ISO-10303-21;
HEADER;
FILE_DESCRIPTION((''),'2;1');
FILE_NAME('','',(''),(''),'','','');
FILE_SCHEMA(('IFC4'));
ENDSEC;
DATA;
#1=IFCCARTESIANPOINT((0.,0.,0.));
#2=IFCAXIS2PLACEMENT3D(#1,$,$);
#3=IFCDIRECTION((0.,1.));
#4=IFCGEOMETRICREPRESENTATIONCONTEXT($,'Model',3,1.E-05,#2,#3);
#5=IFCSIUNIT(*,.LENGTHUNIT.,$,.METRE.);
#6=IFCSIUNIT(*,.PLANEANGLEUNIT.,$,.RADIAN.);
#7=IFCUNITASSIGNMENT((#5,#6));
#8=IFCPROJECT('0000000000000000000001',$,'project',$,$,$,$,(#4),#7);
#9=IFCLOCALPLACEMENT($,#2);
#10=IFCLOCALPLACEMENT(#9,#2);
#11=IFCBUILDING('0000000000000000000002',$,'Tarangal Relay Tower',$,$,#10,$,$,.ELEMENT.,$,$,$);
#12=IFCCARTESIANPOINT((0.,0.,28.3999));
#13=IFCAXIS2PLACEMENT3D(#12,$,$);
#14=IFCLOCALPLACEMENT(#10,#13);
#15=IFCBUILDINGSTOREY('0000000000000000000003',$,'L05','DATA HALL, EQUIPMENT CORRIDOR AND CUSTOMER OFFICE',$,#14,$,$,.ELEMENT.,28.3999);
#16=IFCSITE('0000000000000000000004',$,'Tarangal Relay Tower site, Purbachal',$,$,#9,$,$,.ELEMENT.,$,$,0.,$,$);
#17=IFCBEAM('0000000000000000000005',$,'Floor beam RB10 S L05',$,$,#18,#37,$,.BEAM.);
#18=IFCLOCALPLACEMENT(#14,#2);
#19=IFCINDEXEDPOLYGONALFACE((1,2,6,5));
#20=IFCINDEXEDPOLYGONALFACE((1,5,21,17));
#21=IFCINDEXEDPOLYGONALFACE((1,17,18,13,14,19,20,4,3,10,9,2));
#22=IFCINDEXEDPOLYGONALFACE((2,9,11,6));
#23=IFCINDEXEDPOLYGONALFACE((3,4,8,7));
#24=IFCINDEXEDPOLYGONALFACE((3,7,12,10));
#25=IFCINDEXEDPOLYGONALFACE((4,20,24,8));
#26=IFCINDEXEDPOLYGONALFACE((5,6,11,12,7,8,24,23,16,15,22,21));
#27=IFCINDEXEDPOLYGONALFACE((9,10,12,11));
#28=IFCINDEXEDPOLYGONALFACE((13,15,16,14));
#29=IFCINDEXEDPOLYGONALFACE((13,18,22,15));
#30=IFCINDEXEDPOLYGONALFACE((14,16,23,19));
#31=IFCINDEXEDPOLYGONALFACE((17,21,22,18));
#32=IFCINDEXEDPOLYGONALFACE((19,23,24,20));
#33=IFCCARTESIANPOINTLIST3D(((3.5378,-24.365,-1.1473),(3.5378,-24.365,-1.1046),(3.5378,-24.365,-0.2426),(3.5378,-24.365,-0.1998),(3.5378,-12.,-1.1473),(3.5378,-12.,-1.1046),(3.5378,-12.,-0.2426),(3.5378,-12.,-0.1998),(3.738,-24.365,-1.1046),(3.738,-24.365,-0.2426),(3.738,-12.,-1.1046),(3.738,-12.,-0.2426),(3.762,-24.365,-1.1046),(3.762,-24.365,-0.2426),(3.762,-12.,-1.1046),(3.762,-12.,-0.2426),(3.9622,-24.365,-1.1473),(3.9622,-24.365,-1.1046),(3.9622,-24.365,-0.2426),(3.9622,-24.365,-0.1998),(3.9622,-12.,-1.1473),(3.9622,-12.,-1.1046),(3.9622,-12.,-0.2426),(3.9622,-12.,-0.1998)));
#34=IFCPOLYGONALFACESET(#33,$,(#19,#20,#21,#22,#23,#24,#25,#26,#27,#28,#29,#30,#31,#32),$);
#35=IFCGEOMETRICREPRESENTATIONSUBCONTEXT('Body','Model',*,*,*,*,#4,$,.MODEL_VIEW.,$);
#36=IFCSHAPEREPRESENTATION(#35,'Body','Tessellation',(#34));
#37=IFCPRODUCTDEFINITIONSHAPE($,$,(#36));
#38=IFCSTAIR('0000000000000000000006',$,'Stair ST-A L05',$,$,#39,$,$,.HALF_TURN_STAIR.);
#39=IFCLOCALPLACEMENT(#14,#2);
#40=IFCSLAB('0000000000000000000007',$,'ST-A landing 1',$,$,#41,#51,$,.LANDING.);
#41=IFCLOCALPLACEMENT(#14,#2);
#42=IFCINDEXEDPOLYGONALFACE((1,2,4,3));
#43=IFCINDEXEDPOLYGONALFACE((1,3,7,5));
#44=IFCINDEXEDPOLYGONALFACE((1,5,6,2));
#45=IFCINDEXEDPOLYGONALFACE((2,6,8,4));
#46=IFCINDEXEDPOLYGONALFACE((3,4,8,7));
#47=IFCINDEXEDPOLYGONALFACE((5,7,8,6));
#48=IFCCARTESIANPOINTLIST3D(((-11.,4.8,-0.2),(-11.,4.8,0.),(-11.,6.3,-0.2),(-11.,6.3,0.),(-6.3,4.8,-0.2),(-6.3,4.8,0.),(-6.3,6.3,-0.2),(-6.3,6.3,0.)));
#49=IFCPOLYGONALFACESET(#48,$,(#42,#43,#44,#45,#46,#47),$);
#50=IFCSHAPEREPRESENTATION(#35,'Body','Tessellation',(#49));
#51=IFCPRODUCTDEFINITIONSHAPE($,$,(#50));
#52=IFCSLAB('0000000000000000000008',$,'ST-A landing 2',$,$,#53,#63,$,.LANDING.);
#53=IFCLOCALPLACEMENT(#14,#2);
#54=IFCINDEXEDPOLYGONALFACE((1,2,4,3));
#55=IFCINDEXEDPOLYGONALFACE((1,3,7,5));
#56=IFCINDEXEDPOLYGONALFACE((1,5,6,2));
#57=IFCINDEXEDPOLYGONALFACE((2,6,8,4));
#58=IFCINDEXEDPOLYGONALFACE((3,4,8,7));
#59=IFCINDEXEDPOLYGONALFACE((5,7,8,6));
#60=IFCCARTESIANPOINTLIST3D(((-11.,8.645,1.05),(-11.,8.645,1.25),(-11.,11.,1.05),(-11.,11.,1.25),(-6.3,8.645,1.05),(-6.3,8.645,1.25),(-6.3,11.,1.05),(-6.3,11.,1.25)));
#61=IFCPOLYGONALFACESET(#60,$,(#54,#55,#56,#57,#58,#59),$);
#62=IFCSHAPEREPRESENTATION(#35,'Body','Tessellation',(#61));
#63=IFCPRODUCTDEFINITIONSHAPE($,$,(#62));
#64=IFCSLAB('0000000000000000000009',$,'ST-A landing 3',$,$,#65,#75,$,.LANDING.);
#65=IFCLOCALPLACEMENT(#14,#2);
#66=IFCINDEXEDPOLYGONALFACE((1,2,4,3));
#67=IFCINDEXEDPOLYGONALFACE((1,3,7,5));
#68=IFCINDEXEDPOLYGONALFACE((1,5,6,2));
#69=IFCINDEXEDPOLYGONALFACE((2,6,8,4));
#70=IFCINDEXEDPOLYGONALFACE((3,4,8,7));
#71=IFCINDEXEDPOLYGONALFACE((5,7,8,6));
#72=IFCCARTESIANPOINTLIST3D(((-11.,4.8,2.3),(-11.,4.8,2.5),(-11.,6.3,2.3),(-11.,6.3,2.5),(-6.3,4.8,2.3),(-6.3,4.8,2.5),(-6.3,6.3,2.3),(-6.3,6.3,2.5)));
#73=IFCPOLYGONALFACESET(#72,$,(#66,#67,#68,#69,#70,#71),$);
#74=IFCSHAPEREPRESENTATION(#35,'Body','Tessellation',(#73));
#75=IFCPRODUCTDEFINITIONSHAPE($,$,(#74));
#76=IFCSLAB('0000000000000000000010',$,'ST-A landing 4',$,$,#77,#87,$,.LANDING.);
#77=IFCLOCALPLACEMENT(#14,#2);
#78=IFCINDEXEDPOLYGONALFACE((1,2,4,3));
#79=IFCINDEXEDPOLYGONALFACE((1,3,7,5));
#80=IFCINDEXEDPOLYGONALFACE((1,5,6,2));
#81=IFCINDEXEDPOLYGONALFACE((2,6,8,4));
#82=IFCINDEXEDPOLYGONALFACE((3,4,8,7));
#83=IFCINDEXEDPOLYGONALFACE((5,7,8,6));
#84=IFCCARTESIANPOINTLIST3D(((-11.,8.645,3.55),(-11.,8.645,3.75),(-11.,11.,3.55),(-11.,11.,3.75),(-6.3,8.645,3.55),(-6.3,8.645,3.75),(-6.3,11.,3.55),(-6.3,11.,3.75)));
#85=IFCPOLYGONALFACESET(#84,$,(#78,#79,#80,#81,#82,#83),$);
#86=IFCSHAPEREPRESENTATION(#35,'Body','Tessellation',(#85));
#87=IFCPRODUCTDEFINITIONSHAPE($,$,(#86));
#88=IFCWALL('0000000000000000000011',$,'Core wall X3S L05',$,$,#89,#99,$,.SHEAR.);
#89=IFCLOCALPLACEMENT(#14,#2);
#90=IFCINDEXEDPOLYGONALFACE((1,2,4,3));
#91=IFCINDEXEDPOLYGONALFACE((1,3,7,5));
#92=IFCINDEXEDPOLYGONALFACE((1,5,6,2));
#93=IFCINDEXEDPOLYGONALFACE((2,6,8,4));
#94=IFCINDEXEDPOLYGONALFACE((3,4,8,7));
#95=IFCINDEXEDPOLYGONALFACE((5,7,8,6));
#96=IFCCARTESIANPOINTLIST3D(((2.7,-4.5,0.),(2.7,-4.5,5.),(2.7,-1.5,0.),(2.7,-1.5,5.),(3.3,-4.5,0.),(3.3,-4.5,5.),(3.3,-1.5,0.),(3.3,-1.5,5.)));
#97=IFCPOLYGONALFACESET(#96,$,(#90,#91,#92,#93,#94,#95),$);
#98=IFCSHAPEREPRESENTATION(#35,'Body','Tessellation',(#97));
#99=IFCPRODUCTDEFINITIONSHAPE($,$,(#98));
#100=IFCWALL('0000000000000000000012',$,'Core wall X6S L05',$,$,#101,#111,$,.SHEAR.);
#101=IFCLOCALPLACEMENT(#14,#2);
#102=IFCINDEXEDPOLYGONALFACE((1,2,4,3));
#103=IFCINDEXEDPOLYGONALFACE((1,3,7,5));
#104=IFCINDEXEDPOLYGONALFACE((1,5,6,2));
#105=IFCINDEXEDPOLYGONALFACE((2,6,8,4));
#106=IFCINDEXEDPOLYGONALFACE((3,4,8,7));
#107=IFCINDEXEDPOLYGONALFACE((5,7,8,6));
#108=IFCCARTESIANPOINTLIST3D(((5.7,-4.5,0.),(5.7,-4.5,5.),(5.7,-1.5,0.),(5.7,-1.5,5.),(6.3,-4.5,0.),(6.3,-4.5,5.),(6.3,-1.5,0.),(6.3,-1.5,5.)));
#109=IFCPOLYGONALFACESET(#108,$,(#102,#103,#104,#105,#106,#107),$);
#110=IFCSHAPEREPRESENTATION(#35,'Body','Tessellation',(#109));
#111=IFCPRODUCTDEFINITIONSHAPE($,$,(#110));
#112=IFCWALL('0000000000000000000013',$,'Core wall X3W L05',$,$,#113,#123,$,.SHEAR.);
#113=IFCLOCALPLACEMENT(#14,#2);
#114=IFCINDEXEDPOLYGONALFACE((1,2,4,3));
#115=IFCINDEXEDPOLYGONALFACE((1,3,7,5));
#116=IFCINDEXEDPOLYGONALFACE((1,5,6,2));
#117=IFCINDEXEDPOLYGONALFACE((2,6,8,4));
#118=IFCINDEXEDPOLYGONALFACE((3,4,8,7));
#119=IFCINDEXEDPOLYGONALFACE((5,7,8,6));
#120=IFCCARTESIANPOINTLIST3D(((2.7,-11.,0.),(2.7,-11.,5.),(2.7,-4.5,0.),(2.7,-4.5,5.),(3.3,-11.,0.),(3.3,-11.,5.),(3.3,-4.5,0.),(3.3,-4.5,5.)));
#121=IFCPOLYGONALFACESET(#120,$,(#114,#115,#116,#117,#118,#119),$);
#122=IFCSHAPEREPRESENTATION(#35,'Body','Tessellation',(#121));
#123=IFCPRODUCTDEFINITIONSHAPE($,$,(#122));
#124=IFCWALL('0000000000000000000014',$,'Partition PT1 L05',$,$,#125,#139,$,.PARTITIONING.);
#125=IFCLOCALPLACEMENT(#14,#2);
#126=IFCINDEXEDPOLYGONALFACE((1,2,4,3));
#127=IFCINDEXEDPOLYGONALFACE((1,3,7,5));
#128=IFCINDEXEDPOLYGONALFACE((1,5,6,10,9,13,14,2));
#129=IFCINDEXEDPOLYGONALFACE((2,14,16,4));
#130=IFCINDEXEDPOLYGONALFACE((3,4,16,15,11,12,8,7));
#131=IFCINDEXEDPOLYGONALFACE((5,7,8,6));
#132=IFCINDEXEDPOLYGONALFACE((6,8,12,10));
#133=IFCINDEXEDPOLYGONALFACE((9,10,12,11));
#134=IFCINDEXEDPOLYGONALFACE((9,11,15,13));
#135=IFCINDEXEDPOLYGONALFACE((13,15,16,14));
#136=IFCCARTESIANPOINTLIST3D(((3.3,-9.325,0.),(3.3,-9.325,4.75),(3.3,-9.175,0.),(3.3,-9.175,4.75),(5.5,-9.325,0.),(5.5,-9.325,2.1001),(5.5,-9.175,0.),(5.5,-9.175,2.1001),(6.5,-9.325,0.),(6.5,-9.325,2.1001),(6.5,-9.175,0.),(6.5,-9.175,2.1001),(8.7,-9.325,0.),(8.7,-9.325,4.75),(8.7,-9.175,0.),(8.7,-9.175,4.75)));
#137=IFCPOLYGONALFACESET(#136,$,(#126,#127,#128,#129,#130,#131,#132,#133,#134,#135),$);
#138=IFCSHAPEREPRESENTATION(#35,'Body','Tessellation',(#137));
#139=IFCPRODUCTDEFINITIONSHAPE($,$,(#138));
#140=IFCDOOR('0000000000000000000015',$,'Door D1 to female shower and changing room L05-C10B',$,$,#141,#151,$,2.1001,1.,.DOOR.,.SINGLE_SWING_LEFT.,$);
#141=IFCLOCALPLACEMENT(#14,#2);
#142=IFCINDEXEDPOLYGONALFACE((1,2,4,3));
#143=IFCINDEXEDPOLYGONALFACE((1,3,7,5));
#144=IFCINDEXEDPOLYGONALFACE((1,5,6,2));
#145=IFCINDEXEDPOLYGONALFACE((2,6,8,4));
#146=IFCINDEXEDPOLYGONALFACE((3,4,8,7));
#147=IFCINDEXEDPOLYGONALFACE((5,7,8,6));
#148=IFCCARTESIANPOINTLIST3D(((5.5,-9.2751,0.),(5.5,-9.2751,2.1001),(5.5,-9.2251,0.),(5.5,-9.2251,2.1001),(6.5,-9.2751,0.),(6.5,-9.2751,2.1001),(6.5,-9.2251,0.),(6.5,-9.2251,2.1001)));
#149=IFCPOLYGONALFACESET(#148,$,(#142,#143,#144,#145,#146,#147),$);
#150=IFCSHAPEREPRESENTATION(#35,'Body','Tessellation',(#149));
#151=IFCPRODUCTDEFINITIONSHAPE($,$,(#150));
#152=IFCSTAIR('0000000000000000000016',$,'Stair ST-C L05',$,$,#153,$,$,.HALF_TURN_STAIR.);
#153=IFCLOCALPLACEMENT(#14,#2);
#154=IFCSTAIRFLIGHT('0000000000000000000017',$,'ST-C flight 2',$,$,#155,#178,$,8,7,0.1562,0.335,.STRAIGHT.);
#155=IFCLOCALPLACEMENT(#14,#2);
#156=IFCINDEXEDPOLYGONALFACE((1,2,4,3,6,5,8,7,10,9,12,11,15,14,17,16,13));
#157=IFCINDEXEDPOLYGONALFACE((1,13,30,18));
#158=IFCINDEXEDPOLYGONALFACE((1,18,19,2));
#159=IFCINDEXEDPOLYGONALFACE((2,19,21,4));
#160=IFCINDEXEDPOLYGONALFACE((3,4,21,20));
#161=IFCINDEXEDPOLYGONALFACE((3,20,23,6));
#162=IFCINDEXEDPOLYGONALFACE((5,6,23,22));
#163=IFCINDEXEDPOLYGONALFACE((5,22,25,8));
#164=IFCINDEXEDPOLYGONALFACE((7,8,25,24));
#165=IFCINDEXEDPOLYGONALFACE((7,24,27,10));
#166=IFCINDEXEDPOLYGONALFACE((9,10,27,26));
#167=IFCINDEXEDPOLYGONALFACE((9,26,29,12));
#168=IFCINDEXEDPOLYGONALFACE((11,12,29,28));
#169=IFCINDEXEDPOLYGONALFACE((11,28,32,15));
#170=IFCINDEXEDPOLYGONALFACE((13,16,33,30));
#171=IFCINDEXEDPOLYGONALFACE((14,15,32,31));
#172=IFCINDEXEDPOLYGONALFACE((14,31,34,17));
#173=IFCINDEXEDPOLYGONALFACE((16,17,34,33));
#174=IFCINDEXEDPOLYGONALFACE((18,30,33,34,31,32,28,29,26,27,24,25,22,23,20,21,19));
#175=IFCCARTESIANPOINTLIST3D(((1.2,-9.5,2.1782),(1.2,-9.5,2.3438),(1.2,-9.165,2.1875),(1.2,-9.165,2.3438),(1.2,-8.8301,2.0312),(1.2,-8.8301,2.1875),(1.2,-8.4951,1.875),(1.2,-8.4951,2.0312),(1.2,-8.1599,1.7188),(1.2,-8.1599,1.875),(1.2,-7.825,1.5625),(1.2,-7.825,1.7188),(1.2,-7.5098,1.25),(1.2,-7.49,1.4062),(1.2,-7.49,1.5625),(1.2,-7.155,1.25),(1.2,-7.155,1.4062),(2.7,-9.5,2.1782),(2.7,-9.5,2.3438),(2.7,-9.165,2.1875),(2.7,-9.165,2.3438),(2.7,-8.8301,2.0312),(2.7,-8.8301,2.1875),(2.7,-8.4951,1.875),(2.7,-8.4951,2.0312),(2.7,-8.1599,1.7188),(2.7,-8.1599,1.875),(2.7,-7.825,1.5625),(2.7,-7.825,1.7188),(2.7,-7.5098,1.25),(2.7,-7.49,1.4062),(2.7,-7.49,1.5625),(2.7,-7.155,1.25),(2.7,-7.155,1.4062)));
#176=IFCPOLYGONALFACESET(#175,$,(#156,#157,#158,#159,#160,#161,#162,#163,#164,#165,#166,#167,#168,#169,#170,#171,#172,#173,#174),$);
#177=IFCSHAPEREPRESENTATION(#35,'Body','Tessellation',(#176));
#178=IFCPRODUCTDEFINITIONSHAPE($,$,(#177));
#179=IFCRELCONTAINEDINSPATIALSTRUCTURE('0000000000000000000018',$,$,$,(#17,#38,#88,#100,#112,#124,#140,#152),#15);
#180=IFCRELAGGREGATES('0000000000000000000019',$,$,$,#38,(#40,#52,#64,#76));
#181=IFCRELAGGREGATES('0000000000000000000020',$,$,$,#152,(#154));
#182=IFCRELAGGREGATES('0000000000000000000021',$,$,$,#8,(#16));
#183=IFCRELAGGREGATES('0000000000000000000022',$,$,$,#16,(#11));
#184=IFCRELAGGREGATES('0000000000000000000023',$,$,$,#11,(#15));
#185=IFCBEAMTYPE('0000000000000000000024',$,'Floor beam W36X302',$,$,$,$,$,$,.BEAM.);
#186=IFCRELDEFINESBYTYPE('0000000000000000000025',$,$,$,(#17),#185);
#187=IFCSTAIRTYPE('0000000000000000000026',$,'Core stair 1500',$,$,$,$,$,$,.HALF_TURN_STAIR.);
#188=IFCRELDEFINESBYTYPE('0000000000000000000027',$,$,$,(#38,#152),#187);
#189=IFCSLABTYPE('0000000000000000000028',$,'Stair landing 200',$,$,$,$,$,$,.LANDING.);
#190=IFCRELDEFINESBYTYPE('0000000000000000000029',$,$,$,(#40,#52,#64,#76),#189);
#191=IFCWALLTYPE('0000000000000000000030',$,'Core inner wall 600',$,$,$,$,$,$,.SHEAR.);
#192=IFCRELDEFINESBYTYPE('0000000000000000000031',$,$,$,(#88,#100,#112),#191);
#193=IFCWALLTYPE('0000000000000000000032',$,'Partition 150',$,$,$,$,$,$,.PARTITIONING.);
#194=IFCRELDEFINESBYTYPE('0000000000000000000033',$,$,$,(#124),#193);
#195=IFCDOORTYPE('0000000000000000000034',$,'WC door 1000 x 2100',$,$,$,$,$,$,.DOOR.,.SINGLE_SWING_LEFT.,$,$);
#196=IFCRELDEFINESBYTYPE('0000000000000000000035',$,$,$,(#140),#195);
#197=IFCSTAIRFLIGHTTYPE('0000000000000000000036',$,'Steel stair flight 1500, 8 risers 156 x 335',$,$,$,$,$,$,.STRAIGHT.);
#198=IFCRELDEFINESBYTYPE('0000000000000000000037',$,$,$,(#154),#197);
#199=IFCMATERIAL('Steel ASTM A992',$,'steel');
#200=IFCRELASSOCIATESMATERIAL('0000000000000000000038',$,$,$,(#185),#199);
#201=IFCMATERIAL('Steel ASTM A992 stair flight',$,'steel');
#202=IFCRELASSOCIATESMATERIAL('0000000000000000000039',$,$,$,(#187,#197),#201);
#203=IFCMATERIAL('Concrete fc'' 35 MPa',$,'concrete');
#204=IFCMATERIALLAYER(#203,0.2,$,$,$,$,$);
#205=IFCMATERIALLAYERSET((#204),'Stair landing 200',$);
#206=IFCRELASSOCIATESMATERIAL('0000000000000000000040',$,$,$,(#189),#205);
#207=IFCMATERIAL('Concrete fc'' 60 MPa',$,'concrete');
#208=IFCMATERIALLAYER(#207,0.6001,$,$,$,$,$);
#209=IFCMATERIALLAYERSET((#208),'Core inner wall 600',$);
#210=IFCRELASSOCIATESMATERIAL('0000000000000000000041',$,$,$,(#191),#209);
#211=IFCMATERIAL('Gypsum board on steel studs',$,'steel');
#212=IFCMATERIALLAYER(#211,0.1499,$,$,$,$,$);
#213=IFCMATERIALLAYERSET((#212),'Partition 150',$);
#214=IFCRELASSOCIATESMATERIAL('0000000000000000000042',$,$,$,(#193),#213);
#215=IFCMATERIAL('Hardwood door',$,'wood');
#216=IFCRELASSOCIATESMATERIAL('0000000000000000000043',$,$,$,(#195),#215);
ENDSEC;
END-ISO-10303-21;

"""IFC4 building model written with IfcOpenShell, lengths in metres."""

from ifc_helpers import new_model, si_unit, direction, frame, frame_2d, origin, origin_2d, place, context, subcontext, project, spatial, polyline, rectangle, i_section, outline, extrude, material, layer, layer_set, material_profile, profile_set, type_object, element, fill, aggregate, save


model = new_model("IFC4")

# Units and contexts
model_context = context("Model", 3, precision=1e-05, world=origin(), true_north=direction((0.0, 1.0)))
body_context = subcontext(model_context, "Body", "Model", "MODEL_VIEW")
ifc_project = project(units=[si_unit("LENGTHUNIT", "METRE"), si_unit("PLANEANGLEUNIT", "RADIAN")], contexts=[model_context])

# Site, building, storey
site_placement = place(None, origin())
site = spatial("IfcSite", under=ifc_project, at=site_placement, Name="Tarangal Relay Tower site, Purbachal", CompositionType="ELEMENT", RefElevation=0.0)
building_placement = place(site_placement, origin())
building = spatial("IfcBuilding", under=site, at=building_placement, Name="Tarangal Relay Tower", CompositionType="ELEMENT")
storey_placement = place(building_placement, frame((0.0, 0.0, 28.3999)))
storey = spatial("IfcBuildingStorey", under=building, at=storey_placement, Name="L05", Description="DATA HALL, EQUIPMENT CORRIDOR AND CUSTOMER OFFICE", CompositionType="ELEMENT", Elevation=28.3999)

# Beam
ifc_material_1 = material(Name="Steel ASTM A992", Category="steel")
ifc_material_profile = material_profile(ifc_material_1, i_section(OverallWidth=0.4243, OverallDepth=0.9475, WebThickness=0.0239, FlangeThickness=0.0427, at=origin_2d()), Name="W36X302")
ifc_profile_set = profile_set([ifc_material_profile], Name="Steel ASTM A992")
beam_type = type_object("IfcBeamType", Name="Floor beam W36X302", PredefinedType="BEAM", material=ifc_profile_set)
beam_placement = place(storey_placement, frame((3.75, -12.0, -0.6736), z_axis=(0.0, -1.0, 0.0), x_axis=(1.0, 0.0, 0.0)))
element("IfcBeam", 1, at=beam_placement, inside=storey, type_object=beam_type, Name="Floor beam RB10 S L05", PredefinedType="BEAM", context=body_context, shape_type="SweptSolid", body=[
    extrude(i_section(OverallWidth=0.4243, OverallDepth=0.9475, WebThickness=0.0239, FlangeThickness=0.0427, at=origin_2d()), origin(), (0.0, 0.0, 1.0), 12.365),
])

# Stair, slabs
ifc_material_2 = material(Name="Steel ASTM A992 stair flight", Category="steel")
stair_type = type_object("IfcStairType", Name="Core stair 1500", PredefinedType="HALF_TURN_STAIR", material=ifc_material_2)
stair_1_placement = place(storey_placement, origin())
stair_1 = element("IfcStair", 2, at=stair_1_placement, inside=storey, type_object=stair_type, Name="Stair ST-A L05", PredefinedType="HALF_TURN_STAIR")
ifc_material_3 = material(Name="Concrete fc' 35 MPa", Category="concrete")
ifc_layer_1 = layer(ifc_material_3, 0.2)
ifc_layer_set_1 = layer_set([ifc_layer_1], Name="Stair landing 200")
slab_type = type_object("IfcSlabType", Name="Stair landing 200", PredefinedType="LANDING", material=ifc_layer_set_1)
slab_1_placement = place(storey_placement, frame((0.0, 0.0, -0.2)))
slab_1 = element("IfcSlab", 3, at=slab_1_placement, type_object=slab_type, Name="ST-A landing 1", PredefinedType="LANDING", context=body_context, shape_type="SweptSolid", body=[
    extrude(outline(polyline([(-11.0, 4.8), (-6.3, 4.8), (-6.3, 6.3), (-11.0, 6.3), (-11.0, 4.8)])), origin(), (0.0, 0.0, 1.0), 0.2),
])
slab_2_placement = place(storey_placement, frame((0.0, 0.0, 1.05)))
slab_2 = element("IfcSlab", 4, at=slab_2_placement, type_object=slab_type, Name="ST-A landing 2", PredefinedType="LANDING", context=body_context, shape_type="SweptSolid", body=[
    extrude(outline(polyline([(-11.0, 8.645), (-6.3, 8.645), (-6.3, 11.0), (-11.0, 11.0), (-11.0, 8.645)])), origin(), (0.0, 0.0, 1.0), 0.2),
])
slab_3_placement = place(storey_placement, frame((0.0, 0.0, 2.3)))
slab_3 = element("IfcSlab", 5, at=slab_3_placement, type_object=slab_type, Name="ST-A landing 3", PredefinedType="LANDING", context=body_context, shape_type="SweptSolid", body=[
    extrude(outline(polyline([(-11.0, 4.8), (-6.3, 4.8), (-6.3, 6.3), (-11.0, 6.3), (-11.0, 4.8)])), origin(), (0.0, 0.0, 1.0), 0.2),
])
slab_4_placement = place(storey_placement, frame((0.0, 0.0, 3.55)))
slab_4 = element("IfcSlab", 6, at=slab_4_placement, type_object=slab_type, Name="ST-A landing 4", PredefinedType="LANDING", context=body_context, shape_type="SweptSolid", body=[
    extrude(outline(polyline([(-11.0, 8.645), (-6.3, 8.645), (-6.3, 11.0), (-11.0, 11.0), (-11.0, 8.645)])), origin(), (0.0, 0.0, 1.0), 0.2),
])
aggregate(stair_1, [slab_1, slab_2, slab_3, slab_4])

# Walls
ifc_material_4 = material(Name="Concrete fc' 60 MPa", Category="concrete")
ifc_layer_2 = layer(ifc_material_4, 0.6001)
ifc_layer_set_2 = layer_set([ifc_layer_2], Name="Core inner wall 600")
wall_type_1 = type_object("IfcWallType", Name="Core inner wall 600", PredefinedType="SHEAR", material=ifc_layer_set_2)
for number, where, z_axis, x_axis, name in (
    (7, (3.0, -4.5, 0.0), (0.0, 0.0, 1.0), (0.0, 1.0, 0.0), "Core wall X3S L05"),
    (8, (6.0, -4.5, 0.0), (0.0, 0.0, 1.0), (0.0, 1.0, 0.0), "Core wall X6S L05"),
):
    element("IfcWall", number, at=place(storey_placement, frame(where, z_axis=z_axis, x_axis=x_axis)), inside=storey, type_object=wall_type_1, Name=name, PredefinedType="SHEAR", context=body_context, shape_type="SweptSolid", body=[
        extrude(rectangle(XDim=3.0, YDim=0.6001, at=frame_2d((1.5, 0.0))), origin(), (0.0, 0.0, 1.0), 5.0),
    ])
wall_1_placement = place(storey_placement, frame((3.0, -11.0, 0.0), z_axis=(0.0, 0.0, 1.0), x_axis=(0.0, 1.0, 0.0)))
element("IfcWall", 9, at=wall_1_placement, inside=storey, type_object=wall_type_1, Name="Core wall X3W L05", PredefinedType="SHEAR", context=body_context, shape_type="SweptSolid", body=[
    extrude(rectangle(XDim=6.5, YDim=0.6001, at=frame_2d((3.25, 0.0))), origin(), (0.0, 0.0, 1.0), 5.0),
])

# Wall, opening, door
ifc_material_5 = material(Name="Gypsum board on steel studs", Category="steel")
ifc_layer_3 = layer(ifc_material_5, 0.1499)
ifc_layer_set_3 = layer_set([ifc_layer_3], Name="Partition 150")
wall_type_2 = type_object("IfcWallType", Name="Partition 150", PredefinedType="PARTITIONING", material=ifc_layer_set_3)
wall_2_placement = place(storey_placement, frame((3.3, -9.25, 0.0), z_axis=(0.0, 0.0, 1.0), x_axis=(1.0, 0.0, 0.0)))
wall_2 = element("IfcWall", 10, at=wall_2_placement, inside=storey, type_object=wall_type_2, Name="Partition PT1 L05", PredefinedType="PARTITIONING", context=body_context, shape_type="SweptSolid", body=[
    extrude(rectangle(XDim=5.3999, YDim=0.1499, at=frame_2d((2.7, 0.0))), origin(), (0.0, 0.0, 1.0), 4.75),
])
opening_placement = place(wall_2_placement, frame((2.2, 0.0, 0.0)))
opening = element("IfcOpeningElement", 11, at=opening_placement, cuts=wall_2, PredefinedType="OPENING", context=body_context, shape_type="SweptSolid", body=[
    extrude(rectangle(XDim=1.0, YDim=2.1001, at=frame_2d((0.5, 1.05))), frame((0.0, 0.085, 0.0), z_axis=(0.0, -1.0, 0.0), x_axis=(1.0, 0.0, 0.0)), (0.0, 0.0, 1.0), 0.1699),
])
ifc_material_6 = material(Name="Hardwood door", Category="wood")
door_type = type_object("IfcDoorType", Name="WC door 1000 x 2100", OperationType="SINGLE_SWING_LEFT", PredefinedType="DOOR", material=ifc_material_6)
door_placement = place(opening_placement, origin())
door = element("IfcDoor", 12, at=door_placement, inside=storey, type_object=door_type, Name="Door D1 to female shower and changing room L05-C10B", OperationType="SINGLE_SWING_LEFT", OverallHeight=2.1001, OverallWidth=1.0, PredefinedType="DOOR", context=body_context, shape_type="SweptSolid", body=[
    extrude(rectangle(XDim=1.0, YDim=2.1001, at=frame_2d((0.5, 1.05))), frame((0.0, 0.0249, 0.0), z_axis=(0.0, -1.0, 0.0), x_axis=(1.0, 0.0, 0.0)), (0.0, 0.0, 1.0), 0.05),
])
fill(opening, door)

# Stair, stair flight
stair_2_placement = place(storey_placement, origin())
stair_2 = element("IfcStair", 13, at=stair_2_placement, inside=storey, type_object=stair_type, Name="Stair ST-C L05", PredefinedType="HALF_TURN_STAIR")
stair_flight_type = type_object("IfcStairFlightType", Name="Steel stair flight 1500, 8 risers 156 x 335", PredefinedType="STRAIGHT", material=ifc_material_2)
stair_flight_1_placement = place(storey_placement, frame((1.95, -7.155, 1.25), z_axis=(0.0, 0.0, 1.0), x_axis=(0.0, -1.0, 0.0)))
stair_flight_1 = element("IfcStairFlight", 14, at=stair_flight_1_placement, type_object=stair_flight_type, Name="ST-C flight 2", NumberOfRisers=8, NumberOfTreads=7, PredefinedType="STRAIGHT", RiserHeight=0.1562, TreadLength=0.335, context=body_context, shape_type="SweptSolid", body=[
    extrude(outline(polyline([(0.0, 0.0), (0.0, 0.1562), (0.335, 0.1562), (0.335, 0.3125), (0.6699, 0.3125), (0.6699, 0.4688), (1.0049, 0.4688), (1.0049, 0.625), (1.3401, 0.625), (1.3401, 0.7812), (1.675, 0.7812), (1.675, 0.9375), (2.01, 0.9375), (2.01, 1.0938), (2.345, 1.0938), (2.345, 1.25), (2.345, 0.9282), (0.3547, 0.0), (0.0, 0.0)])), frame((0.0, 0.75, 0.0), z_axis=(0.0, -1.0, 0.0), x_axis=(1.0, 0.0, 0.0)), (0.0, 0.0, 1.0), 1.5),
])
aggregate(stair_2, [stair_flight_1])

save(model, "model.ifc")
